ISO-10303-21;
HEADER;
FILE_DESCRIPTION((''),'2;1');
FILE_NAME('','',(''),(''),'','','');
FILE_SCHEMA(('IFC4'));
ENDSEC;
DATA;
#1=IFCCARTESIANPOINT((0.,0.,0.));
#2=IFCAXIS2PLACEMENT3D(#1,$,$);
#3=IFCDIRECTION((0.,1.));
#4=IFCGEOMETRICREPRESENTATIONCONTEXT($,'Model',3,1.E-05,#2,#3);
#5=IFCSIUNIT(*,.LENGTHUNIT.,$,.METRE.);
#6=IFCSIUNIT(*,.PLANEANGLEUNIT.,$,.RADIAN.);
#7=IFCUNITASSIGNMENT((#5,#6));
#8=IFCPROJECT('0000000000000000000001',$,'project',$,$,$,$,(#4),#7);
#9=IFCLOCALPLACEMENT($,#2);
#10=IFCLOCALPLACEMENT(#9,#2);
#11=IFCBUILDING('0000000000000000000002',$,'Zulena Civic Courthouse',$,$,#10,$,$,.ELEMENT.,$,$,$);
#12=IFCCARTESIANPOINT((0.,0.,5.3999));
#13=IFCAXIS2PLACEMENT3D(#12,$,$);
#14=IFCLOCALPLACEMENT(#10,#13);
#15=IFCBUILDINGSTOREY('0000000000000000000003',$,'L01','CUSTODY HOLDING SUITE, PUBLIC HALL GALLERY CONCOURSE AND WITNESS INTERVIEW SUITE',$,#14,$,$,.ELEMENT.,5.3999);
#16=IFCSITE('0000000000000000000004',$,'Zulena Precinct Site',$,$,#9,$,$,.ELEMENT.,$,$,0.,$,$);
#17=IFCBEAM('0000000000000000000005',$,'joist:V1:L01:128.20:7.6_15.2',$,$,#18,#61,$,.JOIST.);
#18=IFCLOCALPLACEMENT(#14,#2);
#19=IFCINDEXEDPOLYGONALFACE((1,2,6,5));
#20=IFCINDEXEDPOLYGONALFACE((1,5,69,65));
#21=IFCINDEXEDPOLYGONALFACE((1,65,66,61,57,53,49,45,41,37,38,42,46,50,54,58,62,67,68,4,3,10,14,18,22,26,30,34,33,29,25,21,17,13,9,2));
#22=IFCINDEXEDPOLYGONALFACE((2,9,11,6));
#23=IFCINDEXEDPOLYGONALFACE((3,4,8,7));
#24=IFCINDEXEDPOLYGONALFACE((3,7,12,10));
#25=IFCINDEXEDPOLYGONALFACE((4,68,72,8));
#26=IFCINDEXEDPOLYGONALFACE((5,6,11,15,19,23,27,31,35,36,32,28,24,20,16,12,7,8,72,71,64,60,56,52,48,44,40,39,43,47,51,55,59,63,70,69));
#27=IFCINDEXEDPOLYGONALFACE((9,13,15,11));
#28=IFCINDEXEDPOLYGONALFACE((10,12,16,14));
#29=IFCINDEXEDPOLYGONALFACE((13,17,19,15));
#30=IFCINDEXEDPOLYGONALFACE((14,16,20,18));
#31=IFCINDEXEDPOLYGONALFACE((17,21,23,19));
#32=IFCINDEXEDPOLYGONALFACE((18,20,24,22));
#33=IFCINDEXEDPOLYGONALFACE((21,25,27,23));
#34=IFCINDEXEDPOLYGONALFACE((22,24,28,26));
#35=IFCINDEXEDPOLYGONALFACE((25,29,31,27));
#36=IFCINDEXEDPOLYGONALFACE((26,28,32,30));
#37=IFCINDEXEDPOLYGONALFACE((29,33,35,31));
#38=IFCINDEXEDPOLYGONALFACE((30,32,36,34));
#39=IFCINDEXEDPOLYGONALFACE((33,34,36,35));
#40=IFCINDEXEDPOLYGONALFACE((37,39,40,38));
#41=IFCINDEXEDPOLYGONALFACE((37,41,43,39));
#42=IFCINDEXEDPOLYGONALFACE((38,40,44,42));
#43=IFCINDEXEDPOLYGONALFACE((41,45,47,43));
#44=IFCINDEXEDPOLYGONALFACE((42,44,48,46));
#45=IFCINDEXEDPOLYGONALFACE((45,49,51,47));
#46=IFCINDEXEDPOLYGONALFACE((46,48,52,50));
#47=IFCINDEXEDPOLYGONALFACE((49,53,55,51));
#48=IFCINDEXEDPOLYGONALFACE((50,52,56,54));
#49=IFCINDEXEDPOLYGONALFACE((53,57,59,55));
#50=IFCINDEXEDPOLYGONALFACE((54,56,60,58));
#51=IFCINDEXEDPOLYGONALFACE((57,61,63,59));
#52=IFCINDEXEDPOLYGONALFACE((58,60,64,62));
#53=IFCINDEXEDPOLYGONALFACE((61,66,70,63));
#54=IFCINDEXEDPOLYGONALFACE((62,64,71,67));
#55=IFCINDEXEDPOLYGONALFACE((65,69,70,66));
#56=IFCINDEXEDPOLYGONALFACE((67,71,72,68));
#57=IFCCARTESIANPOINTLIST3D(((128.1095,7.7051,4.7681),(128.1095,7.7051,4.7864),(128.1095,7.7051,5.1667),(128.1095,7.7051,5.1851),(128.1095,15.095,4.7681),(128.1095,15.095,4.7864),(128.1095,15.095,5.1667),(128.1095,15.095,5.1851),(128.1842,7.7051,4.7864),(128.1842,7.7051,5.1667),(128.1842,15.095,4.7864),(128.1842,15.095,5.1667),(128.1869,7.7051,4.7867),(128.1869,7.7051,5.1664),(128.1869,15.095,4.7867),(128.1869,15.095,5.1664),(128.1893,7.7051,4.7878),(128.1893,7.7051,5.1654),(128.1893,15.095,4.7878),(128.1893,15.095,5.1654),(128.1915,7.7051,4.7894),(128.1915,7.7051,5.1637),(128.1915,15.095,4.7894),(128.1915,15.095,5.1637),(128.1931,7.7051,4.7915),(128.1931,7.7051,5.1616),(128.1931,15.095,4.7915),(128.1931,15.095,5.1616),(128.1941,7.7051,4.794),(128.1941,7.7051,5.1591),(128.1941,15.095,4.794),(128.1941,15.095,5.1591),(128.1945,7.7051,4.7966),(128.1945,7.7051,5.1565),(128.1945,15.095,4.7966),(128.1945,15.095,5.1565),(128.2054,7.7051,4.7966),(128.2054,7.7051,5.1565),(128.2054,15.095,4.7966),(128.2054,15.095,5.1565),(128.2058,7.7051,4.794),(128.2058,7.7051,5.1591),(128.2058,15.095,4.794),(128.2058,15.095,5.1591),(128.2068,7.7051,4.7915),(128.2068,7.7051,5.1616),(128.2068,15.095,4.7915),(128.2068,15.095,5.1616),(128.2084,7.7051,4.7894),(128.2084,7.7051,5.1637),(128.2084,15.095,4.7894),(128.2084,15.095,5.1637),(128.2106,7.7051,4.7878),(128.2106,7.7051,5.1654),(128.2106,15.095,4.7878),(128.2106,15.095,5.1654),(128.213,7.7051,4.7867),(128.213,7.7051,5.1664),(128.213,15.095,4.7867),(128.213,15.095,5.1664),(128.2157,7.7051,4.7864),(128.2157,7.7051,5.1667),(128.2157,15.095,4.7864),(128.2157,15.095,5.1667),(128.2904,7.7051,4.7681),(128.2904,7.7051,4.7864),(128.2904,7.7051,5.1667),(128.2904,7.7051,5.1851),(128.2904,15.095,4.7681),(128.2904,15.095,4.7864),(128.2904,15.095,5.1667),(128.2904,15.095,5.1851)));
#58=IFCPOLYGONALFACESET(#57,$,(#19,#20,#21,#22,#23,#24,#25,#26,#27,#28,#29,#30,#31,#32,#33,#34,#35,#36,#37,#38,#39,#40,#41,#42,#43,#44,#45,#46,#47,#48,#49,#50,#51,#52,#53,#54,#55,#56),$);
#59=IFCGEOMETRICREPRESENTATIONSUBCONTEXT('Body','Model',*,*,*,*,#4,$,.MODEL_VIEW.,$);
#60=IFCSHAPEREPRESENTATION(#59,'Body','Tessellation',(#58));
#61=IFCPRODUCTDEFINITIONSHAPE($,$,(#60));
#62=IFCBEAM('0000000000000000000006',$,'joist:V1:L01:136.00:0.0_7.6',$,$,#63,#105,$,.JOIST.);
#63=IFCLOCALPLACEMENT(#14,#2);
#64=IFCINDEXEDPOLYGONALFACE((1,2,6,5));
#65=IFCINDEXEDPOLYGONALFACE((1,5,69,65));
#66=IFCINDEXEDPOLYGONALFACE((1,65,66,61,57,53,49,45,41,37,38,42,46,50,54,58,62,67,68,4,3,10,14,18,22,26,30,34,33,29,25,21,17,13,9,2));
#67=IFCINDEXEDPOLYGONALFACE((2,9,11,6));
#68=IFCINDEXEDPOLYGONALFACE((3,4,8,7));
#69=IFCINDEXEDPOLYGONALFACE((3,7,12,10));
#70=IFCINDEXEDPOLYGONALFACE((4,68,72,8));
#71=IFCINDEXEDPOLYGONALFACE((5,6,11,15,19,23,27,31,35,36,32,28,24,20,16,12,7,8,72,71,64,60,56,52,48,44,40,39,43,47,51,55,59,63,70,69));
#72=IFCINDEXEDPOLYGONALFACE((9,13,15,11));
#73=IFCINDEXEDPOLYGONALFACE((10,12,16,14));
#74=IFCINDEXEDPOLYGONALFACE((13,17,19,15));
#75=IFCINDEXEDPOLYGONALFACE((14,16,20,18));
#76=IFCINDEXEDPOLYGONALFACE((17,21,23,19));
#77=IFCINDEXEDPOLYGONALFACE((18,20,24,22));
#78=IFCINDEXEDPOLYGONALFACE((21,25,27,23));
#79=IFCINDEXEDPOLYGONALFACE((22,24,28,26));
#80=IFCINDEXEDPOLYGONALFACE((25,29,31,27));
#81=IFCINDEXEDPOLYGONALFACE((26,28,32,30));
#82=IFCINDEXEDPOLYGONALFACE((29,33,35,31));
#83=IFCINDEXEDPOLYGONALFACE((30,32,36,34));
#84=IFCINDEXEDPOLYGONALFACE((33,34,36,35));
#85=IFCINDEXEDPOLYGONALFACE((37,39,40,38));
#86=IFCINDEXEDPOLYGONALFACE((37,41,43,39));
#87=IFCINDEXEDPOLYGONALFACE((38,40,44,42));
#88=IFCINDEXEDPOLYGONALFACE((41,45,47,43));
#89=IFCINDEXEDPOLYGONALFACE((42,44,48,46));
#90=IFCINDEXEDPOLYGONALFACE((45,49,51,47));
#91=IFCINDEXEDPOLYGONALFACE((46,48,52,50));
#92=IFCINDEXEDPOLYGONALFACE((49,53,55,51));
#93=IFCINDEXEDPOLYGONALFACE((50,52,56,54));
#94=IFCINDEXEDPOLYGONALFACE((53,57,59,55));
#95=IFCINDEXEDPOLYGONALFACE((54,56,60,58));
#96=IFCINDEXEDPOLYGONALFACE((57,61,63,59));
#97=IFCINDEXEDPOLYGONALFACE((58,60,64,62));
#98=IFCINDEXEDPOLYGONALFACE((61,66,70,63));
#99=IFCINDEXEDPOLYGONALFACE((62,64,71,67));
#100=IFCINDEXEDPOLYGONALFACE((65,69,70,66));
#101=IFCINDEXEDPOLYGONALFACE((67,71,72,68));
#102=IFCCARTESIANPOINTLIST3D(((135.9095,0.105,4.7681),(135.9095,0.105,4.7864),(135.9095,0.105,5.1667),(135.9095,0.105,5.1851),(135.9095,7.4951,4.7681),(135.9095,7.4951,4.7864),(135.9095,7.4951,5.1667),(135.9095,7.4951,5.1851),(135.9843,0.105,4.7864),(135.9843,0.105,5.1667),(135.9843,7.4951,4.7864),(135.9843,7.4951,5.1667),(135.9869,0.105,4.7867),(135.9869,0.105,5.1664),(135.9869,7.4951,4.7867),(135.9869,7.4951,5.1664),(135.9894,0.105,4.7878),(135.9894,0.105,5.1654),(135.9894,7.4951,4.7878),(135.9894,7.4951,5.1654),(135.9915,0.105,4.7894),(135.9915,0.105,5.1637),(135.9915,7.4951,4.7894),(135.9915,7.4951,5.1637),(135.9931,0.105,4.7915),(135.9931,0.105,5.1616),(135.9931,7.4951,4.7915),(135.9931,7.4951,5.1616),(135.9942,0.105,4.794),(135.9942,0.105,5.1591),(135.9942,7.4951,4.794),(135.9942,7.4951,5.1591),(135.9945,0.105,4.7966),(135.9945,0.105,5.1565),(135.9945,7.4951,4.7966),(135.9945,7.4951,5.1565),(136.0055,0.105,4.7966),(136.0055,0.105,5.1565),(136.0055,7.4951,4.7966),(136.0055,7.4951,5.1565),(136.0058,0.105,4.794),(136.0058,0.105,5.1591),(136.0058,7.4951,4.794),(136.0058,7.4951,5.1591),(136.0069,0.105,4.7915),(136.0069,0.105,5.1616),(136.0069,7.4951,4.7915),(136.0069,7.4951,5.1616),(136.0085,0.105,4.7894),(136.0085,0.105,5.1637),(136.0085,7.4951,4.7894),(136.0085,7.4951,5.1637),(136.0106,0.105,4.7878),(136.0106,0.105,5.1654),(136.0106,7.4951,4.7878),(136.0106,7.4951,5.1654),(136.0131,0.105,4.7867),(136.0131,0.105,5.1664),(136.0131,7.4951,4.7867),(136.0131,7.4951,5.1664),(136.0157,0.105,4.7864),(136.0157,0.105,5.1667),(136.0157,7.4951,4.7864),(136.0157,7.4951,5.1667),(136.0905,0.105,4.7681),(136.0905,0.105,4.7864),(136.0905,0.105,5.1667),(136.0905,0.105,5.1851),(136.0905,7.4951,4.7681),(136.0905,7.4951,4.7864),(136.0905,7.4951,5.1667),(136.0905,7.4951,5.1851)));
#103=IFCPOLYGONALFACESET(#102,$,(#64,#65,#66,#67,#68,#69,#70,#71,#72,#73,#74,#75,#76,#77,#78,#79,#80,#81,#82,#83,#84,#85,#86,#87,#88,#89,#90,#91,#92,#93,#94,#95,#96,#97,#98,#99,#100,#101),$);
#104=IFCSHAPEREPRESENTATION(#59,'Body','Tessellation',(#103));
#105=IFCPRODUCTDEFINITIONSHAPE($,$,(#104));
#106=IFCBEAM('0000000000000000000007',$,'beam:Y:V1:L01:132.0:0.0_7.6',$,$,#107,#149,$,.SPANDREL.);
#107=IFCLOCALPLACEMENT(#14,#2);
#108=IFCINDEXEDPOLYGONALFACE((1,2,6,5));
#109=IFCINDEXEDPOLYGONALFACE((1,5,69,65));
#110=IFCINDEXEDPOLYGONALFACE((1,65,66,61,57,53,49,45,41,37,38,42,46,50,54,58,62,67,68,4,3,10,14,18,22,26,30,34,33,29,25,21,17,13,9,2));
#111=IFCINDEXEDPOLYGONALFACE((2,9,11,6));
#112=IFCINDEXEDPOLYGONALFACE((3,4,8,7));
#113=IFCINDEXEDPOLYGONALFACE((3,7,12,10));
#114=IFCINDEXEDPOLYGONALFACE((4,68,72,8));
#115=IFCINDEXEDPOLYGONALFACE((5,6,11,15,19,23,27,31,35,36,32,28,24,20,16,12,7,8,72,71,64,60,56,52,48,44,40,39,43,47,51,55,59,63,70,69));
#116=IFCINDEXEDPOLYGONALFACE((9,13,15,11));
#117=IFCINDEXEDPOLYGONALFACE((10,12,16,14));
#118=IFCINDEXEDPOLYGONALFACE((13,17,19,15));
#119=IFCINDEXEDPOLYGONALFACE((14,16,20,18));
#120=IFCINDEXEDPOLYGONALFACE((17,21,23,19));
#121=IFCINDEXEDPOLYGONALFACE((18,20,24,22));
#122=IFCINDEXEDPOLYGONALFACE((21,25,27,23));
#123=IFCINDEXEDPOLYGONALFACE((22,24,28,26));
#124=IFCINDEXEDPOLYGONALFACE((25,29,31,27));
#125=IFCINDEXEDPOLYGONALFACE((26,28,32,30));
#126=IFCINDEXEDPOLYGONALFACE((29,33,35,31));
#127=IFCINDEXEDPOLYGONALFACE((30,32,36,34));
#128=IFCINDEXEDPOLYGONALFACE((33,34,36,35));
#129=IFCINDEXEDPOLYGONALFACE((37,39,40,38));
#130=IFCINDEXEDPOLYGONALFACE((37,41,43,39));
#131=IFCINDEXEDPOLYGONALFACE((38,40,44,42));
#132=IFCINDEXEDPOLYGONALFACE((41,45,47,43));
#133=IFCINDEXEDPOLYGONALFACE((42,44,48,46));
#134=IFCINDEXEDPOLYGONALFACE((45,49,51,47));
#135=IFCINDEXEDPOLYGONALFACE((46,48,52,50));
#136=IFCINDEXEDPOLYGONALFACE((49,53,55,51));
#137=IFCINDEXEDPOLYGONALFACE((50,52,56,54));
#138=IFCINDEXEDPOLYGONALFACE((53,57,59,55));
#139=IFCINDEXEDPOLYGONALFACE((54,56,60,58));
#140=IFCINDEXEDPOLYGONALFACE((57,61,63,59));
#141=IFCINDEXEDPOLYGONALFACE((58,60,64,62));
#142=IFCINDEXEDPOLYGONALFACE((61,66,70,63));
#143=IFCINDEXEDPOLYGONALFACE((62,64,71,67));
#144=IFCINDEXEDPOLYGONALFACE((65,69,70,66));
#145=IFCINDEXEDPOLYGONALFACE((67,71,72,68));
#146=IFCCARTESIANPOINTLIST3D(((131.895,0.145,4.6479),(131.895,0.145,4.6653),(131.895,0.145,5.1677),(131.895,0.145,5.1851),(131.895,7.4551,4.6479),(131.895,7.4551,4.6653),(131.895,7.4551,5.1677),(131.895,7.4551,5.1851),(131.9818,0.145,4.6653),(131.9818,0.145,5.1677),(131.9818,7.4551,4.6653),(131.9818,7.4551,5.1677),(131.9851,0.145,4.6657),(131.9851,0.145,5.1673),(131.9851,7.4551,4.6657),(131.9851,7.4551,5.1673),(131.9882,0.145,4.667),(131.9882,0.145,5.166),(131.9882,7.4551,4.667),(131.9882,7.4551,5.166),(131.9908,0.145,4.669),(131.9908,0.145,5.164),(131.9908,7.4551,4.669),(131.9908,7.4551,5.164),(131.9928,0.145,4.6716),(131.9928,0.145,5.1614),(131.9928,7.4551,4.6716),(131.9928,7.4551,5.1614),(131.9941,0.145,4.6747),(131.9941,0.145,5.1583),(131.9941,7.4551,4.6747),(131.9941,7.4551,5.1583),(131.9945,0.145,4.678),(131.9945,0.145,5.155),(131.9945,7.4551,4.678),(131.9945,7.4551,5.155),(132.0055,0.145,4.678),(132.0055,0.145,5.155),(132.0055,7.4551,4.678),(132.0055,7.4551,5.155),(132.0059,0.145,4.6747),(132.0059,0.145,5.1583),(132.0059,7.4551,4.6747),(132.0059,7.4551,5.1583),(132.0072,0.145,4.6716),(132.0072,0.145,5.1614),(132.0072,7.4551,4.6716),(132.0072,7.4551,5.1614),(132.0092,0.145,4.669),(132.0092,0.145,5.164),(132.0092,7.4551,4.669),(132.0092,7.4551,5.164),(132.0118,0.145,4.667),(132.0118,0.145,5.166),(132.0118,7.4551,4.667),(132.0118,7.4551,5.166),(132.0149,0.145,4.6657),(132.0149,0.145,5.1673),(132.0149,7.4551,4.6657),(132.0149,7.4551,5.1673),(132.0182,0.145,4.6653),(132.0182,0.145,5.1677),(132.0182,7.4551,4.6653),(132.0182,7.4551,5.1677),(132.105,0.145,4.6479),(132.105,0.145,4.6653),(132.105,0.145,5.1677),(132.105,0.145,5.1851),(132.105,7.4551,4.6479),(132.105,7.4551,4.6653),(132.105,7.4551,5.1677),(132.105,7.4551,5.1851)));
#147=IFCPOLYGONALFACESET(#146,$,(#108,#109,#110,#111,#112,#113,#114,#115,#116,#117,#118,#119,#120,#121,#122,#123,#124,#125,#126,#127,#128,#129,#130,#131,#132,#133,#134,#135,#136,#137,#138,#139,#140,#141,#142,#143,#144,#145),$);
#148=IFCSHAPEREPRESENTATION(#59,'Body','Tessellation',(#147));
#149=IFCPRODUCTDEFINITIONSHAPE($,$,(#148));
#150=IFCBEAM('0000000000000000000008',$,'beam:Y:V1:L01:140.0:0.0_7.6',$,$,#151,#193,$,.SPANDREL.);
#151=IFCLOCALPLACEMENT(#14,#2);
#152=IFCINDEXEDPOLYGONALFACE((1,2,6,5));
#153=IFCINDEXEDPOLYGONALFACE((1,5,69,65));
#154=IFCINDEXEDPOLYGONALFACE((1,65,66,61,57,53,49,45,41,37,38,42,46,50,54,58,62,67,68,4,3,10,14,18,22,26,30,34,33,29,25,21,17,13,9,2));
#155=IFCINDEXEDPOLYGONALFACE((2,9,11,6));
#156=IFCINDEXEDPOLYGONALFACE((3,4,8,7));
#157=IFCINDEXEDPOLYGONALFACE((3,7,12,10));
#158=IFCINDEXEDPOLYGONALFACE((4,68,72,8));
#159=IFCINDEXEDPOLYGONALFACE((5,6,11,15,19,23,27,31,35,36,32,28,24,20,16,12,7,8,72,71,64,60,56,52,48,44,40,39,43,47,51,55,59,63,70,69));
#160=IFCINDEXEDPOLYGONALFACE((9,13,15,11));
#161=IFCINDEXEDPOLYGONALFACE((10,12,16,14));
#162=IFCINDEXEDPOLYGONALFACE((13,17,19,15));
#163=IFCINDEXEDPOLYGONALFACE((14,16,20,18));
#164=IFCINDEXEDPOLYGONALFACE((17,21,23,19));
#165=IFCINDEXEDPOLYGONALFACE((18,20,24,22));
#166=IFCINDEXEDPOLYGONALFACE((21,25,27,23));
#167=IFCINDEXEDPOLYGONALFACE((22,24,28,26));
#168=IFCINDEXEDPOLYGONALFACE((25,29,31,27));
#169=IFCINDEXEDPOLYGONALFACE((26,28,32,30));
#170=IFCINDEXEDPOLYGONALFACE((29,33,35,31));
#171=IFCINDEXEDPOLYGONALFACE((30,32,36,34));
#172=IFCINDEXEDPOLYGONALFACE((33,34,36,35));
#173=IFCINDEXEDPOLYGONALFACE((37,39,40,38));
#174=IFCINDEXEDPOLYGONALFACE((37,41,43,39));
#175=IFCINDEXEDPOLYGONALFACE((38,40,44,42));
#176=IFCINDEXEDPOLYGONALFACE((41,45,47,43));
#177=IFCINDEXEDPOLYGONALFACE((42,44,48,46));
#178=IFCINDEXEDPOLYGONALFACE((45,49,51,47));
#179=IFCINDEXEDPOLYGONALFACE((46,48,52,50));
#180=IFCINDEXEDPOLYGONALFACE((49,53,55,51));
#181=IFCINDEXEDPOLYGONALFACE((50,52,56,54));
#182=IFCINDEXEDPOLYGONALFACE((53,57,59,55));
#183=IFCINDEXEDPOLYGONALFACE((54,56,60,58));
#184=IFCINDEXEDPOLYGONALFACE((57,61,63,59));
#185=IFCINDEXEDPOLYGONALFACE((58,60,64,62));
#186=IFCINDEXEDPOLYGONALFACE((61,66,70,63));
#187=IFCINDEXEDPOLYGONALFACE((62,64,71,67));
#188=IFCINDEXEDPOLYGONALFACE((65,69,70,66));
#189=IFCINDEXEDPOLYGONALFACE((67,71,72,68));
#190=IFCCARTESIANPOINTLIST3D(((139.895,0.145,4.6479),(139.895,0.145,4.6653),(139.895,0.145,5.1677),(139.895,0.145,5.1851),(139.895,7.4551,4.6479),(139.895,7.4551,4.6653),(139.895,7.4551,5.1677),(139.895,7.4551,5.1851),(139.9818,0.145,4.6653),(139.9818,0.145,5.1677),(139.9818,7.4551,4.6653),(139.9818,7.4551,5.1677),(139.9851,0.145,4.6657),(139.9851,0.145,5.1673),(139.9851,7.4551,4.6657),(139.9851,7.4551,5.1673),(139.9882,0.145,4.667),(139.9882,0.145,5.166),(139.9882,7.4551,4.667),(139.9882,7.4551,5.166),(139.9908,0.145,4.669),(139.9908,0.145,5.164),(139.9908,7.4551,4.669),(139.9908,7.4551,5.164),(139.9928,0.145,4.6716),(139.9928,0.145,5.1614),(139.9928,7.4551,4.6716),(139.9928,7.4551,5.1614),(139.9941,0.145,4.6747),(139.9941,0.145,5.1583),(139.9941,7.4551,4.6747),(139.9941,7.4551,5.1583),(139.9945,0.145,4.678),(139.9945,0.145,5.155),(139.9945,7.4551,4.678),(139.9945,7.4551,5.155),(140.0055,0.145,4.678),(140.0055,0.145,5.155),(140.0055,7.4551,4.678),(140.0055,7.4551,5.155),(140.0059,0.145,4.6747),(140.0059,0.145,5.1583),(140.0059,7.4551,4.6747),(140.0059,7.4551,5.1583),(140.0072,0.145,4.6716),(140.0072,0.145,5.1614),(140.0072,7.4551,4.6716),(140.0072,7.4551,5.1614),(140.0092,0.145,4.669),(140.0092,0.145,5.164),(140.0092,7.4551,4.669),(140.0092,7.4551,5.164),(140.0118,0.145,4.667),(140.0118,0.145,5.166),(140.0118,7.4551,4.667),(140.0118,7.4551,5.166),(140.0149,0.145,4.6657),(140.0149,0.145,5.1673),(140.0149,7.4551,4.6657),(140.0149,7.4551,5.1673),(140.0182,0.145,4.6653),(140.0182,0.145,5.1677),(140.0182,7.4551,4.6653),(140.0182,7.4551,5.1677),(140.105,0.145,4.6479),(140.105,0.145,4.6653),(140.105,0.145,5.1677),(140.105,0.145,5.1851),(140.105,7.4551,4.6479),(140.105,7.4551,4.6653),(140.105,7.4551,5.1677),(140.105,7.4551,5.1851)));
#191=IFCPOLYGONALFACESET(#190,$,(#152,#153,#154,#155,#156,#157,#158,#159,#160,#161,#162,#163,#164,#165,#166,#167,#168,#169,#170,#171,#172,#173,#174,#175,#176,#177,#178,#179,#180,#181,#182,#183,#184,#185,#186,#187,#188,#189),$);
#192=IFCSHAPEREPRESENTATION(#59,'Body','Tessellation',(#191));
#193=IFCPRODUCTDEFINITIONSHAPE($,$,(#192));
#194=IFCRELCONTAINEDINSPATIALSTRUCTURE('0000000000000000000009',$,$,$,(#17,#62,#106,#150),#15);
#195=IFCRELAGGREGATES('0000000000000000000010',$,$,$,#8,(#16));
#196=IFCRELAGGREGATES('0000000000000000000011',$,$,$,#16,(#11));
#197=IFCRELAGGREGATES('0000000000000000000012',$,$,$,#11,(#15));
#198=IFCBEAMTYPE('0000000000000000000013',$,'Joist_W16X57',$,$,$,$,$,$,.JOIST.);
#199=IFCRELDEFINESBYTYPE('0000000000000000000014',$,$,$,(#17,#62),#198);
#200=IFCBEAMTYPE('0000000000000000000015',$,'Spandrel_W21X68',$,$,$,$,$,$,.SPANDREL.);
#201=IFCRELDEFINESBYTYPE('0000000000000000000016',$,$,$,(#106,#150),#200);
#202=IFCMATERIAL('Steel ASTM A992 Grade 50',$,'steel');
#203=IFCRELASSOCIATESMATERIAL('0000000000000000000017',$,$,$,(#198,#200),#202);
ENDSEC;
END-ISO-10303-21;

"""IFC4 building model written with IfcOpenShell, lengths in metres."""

from ifc_helpers import new_model, si_unit, direction, frame, origin, origin_2d, place, context, subcontext, project, spatial, i_section, extrude, material, material_profile, profile_set, type_object, element, save


model = new_model("IFC4")

# Units and contexts
model_context = context("Model", 3, precision=1e-05, world=origin(), true_north=direction((0.0, 1.0)))
body_context = subcontext(model_context, "Body", "Model", "MODEL_VIEW")
ifc_project = project(units=[si_unit("LENGTHUNIT", "METRE"), si_unit("PLANEANGLEUNIT", "RADIAN")], contexts=[model_context])

# Site, building, storey
site_placement = place(None, origin())
site = spatial("IfcSite", under=ifc_project, at=site_placement, Name="Zulena Precinct Site", CompositionType="ELEMENT", RefElevation=0.0)
building_placement = place(site_placement, origin())
building = spatial("IfcBuilding", under=site, at=building_placement, Name="Zulena Civic Courthouse", CompositionType="ELEMENT")
storey_placement = place(building_placement, frame((0.0, 0.0, 5.3999)))
storey = spatial("IfcBuildingStorey", under=building, at=storey_placement, Name="L01", Description="CUSTODY HOLDING SUITE, PUBLIC HALL GALLERY CONCOURSE AND WITNESS INTERVIEW SUITE", CompositionType="ELEMENT", Elevation=5.3999)

# Shared definitions
ifc_material_1 = material(Name="Steel ASTM A992 Grade 50", Category="steel")

# Beams
ifc_material_profile_1 = material_profile(ifc_material_1, i_section(OverallWidth=0.1809, OverallDepth=0.417, WebThickness=0.011, FlangeThickness=0.0183, FilletRadius=0.0103, at=origin_2d()), Name="W16X57")
ifc_profile_set_1 = profile_set([ifc_material_profile_1], Name="Steel ASTM A992 Grade 50")
beam_type_1 = type_object("IfcBeamType", Name="Joist_W16X57", PredefinedType="JOIST", material=ifc_profile_set_1)
beam_1_placement = place(storey_placement, frame((128.2, 7.7051, 4.9766), z_axis=(0.0, 1.0, 0.0), x_axis=(-1.0, 0.0, 0.0)))
element("IfcBeam", 1, at=beam_1_placement, inside=storey, type_object=beam_type_1, Name="joist:V1:L01:128.20:7.6_15.2", PredefinedType="JOIST", context=body_context, shape_type="SweptSolid", body=[
    extrude(i_section(OverallWidth=0.1809, OverallDepth=0.417, WebThickness=0.011, FlangeThickness=0.0183, FilletRadius=0.0103, at=origin_2d()), origin(), (0.0, 0.0, 1.0), 7.3899),
])
beam_2_placement = place(storey_placement, frame((136.0, 0.105, 4.9766), z_axis=(0.0, 1.0, 0.0), x_axis=(-1.0, 0.0, 0.0)))
element("IfcBeam", 2, at=beam_2_placement, inside=storey, type_object=beam_type_1, Name="joist:V1:L01:136.00:0.0_7.6", PredefinedType="JOIST", context=body_context, shape_type="SweptSolid", body=[
    extrude(i_section(OverallWidth=0.1809, OverallDepth=0.417, WebThickness=0.011, FlangeThickness=0.0183, FilletRadius=0.0103, at=origin_2d()), origin(), (0.0, 0.0, 1.0), 7.3901),
])
ifc_material_profile_2 = material_profile(ifc_material_1, i_section(OverallWidth=0.21, OverallDepth=0.5371, WebThickness=0.011, FlangeThickness=0.0173, FilletRadius=0.0127, at=origin_2d()), Name="W21X68")
ifc_profile_set_2 = profile_set([ifc_material_profile_2], Name="Steel ASTM A992 Grade 50")
beam_type_2 = type_object("IfcBeamType", Name="Spandrel_W21X68", PredefinedType="SPANDREL", material=ifc_profile_set_2)
for number, where, z_axis, x_axis, name in (
    (3, (132.0, 0.145, 4.9165), (0.0, 1.0, 0.0), (-1.0, 0.0, 0.0), "beam:Y:V1:L01:132.0:0.0_7.6"),
    (4, (140.0, 0.145, 4.9165), (0.0, 1.0, 0.0), (-1.0, 0.0, 0.0), "beam:Y:V1:L01:140.0:0.0_7.6"),
):
    element("IfcBeam", number, at=place(storey_placement, frame(where, z_axis=z_axis, x_axis=x_axis)), inside=storey, type_object=beam_type_2, Name=name, PredefinedType="SPANDREL", context=body_context, shape_type="SweptSolid", body=[
        extrude(i_section(OverallWidth=0.21, OverallDepth=0.5371, WebThickness=0.011, FlangeThickness=0.0173, FilletRadius=0.0127, at=origin_2d()), origin(), (0.0, 0.0, 1.0), 7.3101),
    ])

save(model, "model.ifc")
